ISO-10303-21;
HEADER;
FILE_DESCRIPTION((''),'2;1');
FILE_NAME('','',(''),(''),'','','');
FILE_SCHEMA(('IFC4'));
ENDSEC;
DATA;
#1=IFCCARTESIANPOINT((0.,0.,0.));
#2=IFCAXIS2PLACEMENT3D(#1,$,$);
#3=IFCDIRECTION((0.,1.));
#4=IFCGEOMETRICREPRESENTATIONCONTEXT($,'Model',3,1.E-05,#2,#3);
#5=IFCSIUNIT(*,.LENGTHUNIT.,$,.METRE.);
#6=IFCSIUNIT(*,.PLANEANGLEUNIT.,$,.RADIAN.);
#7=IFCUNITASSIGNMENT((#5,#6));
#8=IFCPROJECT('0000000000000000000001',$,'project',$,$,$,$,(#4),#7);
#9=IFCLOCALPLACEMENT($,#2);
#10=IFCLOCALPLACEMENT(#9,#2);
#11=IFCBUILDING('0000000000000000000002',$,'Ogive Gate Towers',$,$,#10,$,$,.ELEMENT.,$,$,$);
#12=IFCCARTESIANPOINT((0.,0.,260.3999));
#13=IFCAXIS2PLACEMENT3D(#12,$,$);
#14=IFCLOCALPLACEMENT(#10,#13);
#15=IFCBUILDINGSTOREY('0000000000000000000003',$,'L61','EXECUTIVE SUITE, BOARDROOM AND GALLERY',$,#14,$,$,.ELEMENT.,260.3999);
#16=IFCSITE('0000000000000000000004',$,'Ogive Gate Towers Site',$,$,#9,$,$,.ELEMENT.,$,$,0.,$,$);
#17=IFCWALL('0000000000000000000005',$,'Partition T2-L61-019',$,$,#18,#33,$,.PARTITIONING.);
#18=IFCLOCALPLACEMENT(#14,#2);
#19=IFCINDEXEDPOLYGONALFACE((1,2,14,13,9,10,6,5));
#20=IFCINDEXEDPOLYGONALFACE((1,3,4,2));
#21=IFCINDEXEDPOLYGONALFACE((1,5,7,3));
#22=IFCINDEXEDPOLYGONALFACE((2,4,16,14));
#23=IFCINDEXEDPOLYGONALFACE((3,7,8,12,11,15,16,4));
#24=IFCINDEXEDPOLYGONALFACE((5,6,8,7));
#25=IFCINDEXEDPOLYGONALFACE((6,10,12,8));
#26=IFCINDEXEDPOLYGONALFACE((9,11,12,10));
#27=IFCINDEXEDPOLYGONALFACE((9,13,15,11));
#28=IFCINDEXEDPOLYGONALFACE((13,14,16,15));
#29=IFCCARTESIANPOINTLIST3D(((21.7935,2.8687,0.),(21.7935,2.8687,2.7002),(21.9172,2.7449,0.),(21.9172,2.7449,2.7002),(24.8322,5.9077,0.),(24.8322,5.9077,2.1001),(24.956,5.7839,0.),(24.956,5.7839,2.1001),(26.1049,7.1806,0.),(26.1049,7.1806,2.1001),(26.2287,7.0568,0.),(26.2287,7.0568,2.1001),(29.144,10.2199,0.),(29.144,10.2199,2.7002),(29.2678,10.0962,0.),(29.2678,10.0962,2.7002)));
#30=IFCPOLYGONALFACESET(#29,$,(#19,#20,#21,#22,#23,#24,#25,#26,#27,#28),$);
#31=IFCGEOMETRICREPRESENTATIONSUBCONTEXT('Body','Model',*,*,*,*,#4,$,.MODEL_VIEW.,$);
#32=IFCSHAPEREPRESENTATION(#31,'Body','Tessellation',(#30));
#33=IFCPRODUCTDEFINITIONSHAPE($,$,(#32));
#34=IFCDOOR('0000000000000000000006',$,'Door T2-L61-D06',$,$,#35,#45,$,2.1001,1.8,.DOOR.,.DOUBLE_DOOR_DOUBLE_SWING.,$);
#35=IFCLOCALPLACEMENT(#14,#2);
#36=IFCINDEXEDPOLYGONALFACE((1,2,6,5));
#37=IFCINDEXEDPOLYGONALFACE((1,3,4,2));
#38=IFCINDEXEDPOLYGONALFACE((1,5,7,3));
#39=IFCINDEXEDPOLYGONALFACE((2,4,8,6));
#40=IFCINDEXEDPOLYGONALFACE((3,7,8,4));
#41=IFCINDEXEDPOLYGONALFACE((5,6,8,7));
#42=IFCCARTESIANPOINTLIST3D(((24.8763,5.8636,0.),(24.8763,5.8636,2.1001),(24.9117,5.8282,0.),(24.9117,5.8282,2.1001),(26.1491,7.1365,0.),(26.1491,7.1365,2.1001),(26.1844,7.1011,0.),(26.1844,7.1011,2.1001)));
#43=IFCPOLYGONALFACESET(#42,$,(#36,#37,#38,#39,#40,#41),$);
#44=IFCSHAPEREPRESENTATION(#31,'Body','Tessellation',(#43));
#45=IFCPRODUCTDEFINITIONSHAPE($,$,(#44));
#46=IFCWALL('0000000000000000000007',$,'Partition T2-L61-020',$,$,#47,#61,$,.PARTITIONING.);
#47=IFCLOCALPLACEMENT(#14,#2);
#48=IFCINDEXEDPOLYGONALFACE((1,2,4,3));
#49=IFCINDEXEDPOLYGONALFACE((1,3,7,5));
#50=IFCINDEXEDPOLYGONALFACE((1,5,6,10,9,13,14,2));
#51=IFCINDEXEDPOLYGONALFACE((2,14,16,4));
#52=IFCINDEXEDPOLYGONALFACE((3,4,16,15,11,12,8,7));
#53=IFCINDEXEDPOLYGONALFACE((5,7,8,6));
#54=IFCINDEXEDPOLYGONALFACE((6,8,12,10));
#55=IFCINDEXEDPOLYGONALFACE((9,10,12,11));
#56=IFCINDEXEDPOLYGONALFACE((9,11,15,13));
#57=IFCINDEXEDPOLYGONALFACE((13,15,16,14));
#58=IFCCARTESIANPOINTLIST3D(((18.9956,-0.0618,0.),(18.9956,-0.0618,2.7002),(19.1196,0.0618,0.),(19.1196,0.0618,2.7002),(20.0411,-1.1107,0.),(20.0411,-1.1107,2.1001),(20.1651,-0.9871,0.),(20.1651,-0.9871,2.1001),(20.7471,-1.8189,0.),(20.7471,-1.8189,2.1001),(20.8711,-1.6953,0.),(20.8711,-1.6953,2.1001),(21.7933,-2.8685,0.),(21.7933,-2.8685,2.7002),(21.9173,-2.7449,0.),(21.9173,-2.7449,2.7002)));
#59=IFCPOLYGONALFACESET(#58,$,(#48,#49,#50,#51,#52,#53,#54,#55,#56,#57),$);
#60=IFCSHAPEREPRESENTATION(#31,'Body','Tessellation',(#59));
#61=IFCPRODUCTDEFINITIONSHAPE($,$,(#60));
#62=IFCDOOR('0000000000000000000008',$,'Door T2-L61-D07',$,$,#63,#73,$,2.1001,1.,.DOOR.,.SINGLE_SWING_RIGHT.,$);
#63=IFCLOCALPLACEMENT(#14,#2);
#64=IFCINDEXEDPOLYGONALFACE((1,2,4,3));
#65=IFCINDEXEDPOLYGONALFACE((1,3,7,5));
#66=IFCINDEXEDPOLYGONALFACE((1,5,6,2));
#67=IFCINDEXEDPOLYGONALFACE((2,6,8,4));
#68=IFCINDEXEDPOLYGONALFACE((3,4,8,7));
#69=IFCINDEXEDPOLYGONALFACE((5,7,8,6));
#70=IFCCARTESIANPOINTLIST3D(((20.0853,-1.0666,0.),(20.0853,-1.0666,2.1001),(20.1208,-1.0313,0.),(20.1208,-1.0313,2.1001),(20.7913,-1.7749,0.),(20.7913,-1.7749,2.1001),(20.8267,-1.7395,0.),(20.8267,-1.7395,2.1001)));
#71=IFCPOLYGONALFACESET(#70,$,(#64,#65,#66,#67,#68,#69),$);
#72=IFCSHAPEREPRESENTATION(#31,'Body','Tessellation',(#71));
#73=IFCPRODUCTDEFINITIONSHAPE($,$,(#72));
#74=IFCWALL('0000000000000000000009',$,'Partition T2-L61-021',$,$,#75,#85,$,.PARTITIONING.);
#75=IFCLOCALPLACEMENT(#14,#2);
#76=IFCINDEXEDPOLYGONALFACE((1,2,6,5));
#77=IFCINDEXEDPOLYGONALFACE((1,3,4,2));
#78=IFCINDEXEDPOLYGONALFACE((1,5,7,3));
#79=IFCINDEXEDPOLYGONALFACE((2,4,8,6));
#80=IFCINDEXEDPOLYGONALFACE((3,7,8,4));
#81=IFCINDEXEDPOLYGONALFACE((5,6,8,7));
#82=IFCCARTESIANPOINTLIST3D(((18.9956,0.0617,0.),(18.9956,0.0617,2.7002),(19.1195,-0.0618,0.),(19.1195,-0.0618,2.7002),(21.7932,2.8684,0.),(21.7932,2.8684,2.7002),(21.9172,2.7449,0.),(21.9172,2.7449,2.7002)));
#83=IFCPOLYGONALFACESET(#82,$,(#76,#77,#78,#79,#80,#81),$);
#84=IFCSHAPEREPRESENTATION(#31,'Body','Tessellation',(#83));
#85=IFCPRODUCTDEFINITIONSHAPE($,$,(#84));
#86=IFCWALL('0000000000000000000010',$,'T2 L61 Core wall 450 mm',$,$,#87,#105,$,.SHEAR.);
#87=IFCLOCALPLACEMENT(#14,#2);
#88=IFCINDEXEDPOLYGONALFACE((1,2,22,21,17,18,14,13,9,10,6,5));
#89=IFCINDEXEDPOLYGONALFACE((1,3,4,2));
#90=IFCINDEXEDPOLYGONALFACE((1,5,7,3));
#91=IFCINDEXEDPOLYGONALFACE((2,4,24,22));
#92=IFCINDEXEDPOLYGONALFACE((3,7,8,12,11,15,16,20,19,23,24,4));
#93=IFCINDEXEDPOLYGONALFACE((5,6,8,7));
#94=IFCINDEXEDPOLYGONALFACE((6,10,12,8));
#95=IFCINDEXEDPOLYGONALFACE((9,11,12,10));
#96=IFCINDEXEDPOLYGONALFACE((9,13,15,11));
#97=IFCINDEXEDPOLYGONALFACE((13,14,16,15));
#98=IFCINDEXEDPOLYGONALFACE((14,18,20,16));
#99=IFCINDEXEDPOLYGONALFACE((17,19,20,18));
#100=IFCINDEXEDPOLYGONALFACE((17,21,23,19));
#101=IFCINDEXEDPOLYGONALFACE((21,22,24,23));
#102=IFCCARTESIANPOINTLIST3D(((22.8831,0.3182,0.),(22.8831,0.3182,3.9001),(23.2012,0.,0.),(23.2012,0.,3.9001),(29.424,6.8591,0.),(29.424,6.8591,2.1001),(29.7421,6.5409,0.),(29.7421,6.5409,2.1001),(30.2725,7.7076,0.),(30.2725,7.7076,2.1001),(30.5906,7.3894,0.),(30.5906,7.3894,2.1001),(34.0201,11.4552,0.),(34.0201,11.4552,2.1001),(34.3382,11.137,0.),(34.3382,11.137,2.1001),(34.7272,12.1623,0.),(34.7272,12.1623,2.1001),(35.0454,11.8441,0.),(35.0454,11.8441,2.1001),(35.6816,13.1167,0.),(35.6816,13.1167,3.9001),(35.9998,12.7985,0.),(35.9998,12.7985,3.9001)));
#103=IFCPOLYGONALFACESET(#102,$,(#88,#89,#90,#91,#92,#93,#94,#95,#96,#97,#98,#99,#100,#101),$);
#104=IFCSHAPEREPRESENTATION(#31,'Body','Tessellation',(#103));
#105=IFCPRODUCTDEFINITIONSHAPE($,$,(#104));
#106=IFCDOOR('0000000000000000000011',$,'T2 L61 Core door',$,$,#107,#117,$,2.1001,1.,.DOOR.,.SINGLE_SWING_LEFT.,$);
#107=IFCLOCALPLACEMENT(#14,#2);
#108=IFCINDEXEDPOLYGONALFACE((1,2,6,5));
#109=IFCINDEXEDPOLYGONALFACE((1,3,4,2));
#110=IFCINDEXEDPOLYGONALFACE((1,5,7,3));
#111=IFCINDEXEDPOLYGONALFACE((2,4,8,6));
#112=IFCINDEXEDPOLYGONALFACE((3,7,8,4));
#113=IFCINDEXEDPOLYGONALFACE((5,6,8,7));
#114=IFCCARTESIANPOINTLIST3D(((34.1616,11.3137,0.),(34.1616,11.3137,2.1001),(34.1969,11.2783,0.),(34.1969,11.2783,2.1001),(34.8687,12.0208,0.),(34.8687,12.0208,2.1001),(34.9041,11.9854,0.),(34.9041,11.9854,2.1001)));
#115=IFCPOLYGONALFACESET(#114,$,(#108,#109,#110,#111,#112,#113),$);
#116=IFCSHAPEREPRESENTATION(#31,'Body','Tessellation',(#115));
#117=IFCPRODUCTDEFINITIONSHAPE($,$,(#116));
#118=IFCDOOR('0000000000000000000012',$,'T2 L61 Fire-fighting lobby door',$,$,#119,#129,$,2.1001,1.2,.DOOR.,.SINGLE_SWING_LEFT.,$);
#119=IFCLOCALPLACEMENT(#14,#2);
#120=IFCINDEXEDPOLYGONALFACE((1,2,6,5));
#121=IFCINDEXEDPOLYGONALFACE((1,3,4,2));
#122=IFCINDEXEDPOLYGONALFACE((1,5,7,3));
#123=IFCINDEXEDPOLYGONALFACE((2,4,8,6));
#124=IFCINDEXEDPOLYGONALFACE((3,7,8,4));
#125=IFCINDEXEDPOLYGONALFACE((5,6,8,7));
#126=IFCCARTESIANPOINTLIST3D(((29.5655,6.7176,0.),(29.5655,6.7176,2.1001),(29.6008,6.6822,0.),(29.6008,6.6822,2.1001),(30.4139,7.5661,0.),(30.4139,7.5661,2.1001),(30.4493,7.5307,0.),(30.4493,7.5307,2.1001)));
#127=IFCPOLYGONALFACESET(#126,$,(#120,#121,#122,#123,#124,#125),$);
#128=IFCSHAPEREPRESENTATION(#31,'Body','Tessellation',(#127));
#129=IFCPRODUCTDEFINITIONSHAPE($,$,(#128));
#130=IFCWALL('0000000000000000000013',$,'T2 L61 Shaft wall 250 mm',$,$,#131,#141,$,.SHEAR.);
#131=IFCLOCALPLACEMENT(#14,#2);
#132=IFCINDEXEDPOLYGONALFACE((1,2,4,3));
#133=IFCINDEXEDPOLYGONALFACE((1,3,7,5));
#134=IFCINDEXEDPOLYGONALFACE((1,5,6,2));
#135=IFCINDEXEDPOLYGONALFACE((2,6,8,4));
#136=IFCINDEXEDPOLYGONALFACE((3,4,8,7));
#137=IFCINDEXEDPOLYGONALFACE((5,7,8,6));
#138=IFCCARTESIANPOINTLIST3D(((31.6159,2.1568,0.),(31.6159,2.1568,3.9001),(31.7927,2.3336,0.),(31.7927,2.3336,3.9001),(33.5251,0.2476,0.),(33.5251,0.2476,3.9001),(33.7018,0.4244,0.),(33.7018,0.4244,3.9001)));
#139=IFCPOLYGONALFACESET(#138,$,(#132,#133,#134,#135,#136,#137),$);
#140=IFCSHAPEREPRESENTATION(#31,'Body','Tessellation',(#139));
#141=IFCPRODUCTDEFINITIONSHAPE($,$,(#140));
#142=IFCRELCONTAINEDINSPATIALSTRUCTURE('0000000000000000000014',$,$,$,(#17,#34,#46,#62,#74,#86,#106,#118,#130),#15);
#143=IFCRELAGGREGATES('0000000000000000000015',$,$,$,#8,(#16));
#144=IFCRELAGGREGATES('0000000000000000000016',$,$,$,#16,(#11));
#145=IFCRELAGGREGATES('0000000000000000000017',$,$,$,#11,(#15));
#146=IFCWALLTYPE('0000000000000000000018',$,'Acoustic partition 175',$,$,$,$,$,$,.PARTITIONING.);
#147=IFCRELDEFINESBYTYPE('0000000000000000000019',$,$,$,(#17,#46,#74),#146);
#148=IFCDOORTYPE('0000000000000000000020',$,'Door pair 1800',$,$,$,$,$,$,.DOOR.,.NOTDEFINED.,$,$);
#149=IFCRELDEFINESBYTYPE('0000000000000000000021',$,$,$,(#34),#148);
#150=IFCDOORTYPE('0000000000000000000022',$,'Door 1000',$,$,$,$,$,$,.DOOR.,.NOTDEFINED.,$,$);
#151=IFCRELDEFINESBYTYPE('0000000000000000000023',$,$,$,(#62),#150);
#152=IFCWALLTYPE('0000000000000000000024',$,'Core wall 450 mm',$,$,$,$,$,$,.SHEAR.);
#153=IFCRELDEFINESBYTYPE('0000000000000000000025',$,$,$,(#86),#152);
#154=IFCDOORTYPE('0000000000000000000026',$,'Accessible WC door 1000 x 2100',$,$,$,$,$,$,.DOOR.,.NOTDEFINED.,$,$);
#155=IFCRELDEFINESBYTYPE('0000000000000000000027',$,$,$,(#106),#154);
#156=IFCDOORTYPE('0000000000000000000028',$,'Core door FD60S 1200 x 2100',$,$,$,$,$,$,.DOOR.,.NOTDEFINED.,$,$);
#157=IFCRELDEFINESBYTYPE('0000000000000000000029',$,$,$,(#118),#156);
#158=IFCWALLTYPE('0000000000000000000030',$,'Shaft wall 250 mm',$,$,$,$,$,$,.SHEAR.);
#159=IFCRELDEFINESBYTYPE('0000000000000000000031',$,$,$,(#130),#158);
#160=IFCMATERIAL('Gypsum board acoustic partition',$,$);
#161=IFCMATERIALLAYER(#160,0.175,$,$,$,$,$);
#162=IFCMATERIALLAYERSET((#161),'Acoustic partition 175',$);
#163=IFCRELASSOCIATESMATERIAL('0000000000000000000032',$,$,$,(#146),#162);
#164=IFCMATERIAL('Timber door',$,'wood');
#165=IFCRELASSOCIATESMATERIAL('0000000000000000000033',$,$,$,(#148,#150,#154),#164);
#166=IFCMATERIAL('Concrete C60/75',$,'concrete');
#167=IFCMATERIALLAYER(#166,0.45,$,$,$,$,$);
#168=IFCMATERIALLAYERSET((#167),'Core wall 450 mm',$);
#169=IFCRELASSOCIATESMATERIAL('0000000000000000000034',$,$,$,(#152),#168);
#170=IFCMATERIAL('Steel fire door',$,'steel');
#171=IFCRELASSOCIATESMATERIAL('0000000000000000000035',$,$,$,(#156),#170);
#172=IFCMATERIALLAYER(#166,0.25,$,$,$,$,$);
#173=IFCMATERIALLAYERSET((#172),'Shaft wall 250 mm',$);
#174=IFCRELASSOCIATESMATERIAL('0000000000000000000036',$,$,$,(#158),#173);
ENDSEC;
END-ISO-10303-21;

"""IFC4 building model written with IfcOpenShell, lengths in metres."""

from ifc_helpers import new_model, si_unit, direction, frame, frame_2d, origin, place, context, subcontext, project, spatial, rectangle, extrude, material, layer, layer_set, type_object, element, fill, save


model = new_model("IFC4")

# Units and contexts
model_context = context("Model", 3, precision=1e-05, world=origin(), true_north=direction((0.0, 1.0)))
body_context = subcontext(model_context, "Body", "Model", "MODEL_VIEW")
ifc_project = project(units=[si_unit("LENGTHUNIT", "METRE"), si_unit("PLANEANGLEUNIT", "RADIAN")], contexts=[model_context])

# Site, building, storey
site_placement = place(None, origin())
site = spatial("IfcSite", under=ifc_project, at=site_placement, Name="Ogive Gate Towers Site", CompositionType="ELEMENT", RefElevation=0.0)
building_placement = place(site_placement, origin())
building = spatial("IfcBuilding", under=site, at=building_placement, Name="Ogive Gate Towers", CompositionType="ELEMENT")
storey_placement = place(building_placement, frame((0.0, 0.0, 260.3999)))
storey = spatial("IfcBuildingStorey", under=building, at=storey_placement, Name="L61", Description="EXECUTIVE SUITE, BOARDROOM AND GALLERY", CompositionType="ELEMENT", Elevation=260.3999)

# Shared definitions
ifc_material_1 = material(Name="Gypsum board acoustic partition")
ifc_layer_1 = layer(ifc_material_1, 0.175)
ifc_layer_set_1 = layer_set([ifc_layer_1], Name="Acoustic partition 175")
wall_type_1 = type_object("IfcWallType", Name="Acoustic partition 175", PredefinedType="PARTITIONING", material=ifc_layer_set_1)

# Walls, openings, doors
wall_1_placement = place(storey_placement, frame((29.2058, 10.158, 0.0), z_axis=(0.0, 0.0, 1.0), x_axis=(-0.707072, -0.707142, 0.0)))
wall_1 = element("IfcWall", 1, at=wall_1_placement, inside=storey, type_object=wall_type_1, Name="Partition T2-L61-019", PredefinedType="PARTITIONING", context=body_context, shape_type="SweptSolid", body=[
    extrude(rectangle(XDim=10.3958, YDim=0.175, at=frame_2d((5.1978, 0.0))), origin(), (0.0, 0.0, 1.0), 2.7002),
])
opening_1_placement = place(wall_1_placement, frame((4.2981, 0.0, 0.0)))
opening_1 = element("IfcOpeningElement", 2, at=opening_1_placement, cuts=wall_1, PredefinedType="OPENING", context=body_context, shape_type="SweptSolid", body=[
    extrude(rectangle(XDim=1.8, YDim=2.1001, at=frame_2d((0.8999, 1.05))), frame((0.0, 0.0977, 0.0), z_axis=(0.0, -1.0, 0.0), x_axis=(1.0, 0.0, 0.0)), (0.0, 0.0, 1.0), 0.1951),
])
ifc_material_2 = material(Name="Timber door", Category="wood")
door_type_1 = type_object("IfcDoorType", Name="Door pair 1800", OperationType="NOTDEFINED", PredefinedType="DOOR", material=ifc_material_2)
door_1_placement = place(opening_1_placement, origin())
door_1 = element("IfcDoor", 3, at=door_1_placement, inside=storey, type_object=door_type_1, Name="Door T2-L61-D06", OperationType="DOUBLE_DOOR_DOUBLE_SWING", OverallHeight=2.1001, OverallWidth=1.8, PredefinedType="DOOR", context=body_context, shape_type="SweptSolid", body=[
    extrude(rectangle(XDim=1.8, YDim=2.1001, at=frame_2d((0.8999, 1.05))), frame((0.0, 0.0249, 0.0), z_axis=(0.0, -1.0, 0.0), x_axis=(1.0, 0.0, 0.0)), (0.0, 0.0, 1.0), 0.05),
])
fill(opening_1, door_1)
wall_2_placement = place(storey_placement, frame((19.0576, 0.0, 0.0), z_axis=(0.0, 0.0, 1.0), x_axis=(0.705966, -0.708246, 0.0)))
wall_2 = element("IfcWall", 4, at=wall_2_placement, inside=storey, type_object=wall_type_1, Name="Partition T2-L61-020", PredefinedType="PARTITIONING", context=body_context, shape_type="SweptSolid", body=[
    extrude(rectangle(XDim=3.9629, YDim=0.175, at=frame_2d((1.9814, 0.0))), origin(), (0.0, 0.0, 1.0), 2.7002),
])
opening_2_placement = place(wall_2_placement, frame((1.481, 0.0, 0.0)))
opening_2 = element("IfcOpeningElement", 5, at=opening_2_placement, cuts=wall_2, PredefinedType="OPENING", context=body_context, shape_type="SweptSolid", body=[
    extrude(rectangle(XDim=1.0, YDim=2.1001, at=frame_2d((0.5, 1.05))), frame((0.0, 0.0977, 0.0), z_axis=(0.0, -1.0, 0.0), x_axis=(1.0, 0.0, 0.0)), (0.0, 0.0, 1.0), 0.1951),
])
door_type_2 = type_object("IfcDoorType", Name="Door 1000", OperationType="NOTDEFINED", PredefinedType="DOOR", material=ifc_material_2)
door_2_placement = place(opening_2_placement, origin())
door_2 = element("IfcDoor", 6, at=door_2_placement, inside=storey, type_object=door_type_2, Name="Door T2-L61-D07", OperationType="SINGLE_SWING_RIGHT", OverallHeight=2.1001, OverallWidth=1.0, PredefinedType="DOOR", context=body_context, shape_type="SweptSolid", body=[
    extrude(rectangle(XDim=1.0, YDim=2.1001, at=frame_2d((0.5, 1.05))), frame((0.0, 0.0249, 0.0), z_axis=(0.0, -1.0, 0.0), x_axis=(1.0, 0.0, 0.0)), (0.0, 0.0, 1.0), 0.05),
])
fill(opening_2, door_2)

# Wall
wall_3_placement = place(storey_placement, frame((21.8552, 2.8066, 0.0), z_axis=(0.0, 0.0, 1.0), x_axis=(-0.705966, -0.708246, 0.0)))
element("IfcWall", 7, at=wall_3_placement, inside=storey, type_object=wall_type_1, Name="Partition T2-L61-021", PredefinedType="PARTITIONING", context=body_context, shape_type="SweptSolid", body=[
    extrude(rectangle(XDim=3.9629, YDim=0.175, at=frame_2d((1.9814, 0.0))), origin(), (0.0, 0.0, 1.0), 2.7002),
])

# Wall, openings, doors
ifc_material_3 = material(Name="Concrete C60/75", Category="concrete")
ifc_layer_2 = layer(ifc_material_3, 0.45)
ifc_layer_set_2 = layer_set([ifc_layer_2], Name="Core wall 450 mm")
wall_type_2 = type_object("IfcWallType", Name="Core wall 450 mm", PredefinedType="SHEAR", material=ifc_layer_set_2)
wall_4_placement = place(storey_placement, frame((23.0422, 0.1592, 0.0), z_axis=(0.0, 0.0, 1.0), x_axis=(0.707107, 0.707107, 0.0)))
wall_4 = element("IfcWall", 8, at=wall_4_placement, inside=storey, type_object=wall_type_2, Name="T2 L61 Core wall 450 mm", PredefinedType="SHEAR", context=body_context, shape_type="SweptSolid", body=[
    extrude(rectangle(XDim=18.0999, YDim=0.45, at=frame_2d((9.0498, 0.0))), origin(), (0.0, 0.0, 1.0), 3.9001),
])
opening_3_placement = place(wall_4_placement, frame((9.25, 0.0, 0.0)))
opening_3 = element("IfcOpeningElement", 9, at=opening_3_placement, cuts=wall_4, PredefinedType="OPENING", context=body_context, shape_type="SweptSolid", body=[
    extrude(rectangle(XDim=1.2, YDim=2.1001, at=frame_2d((0.6001, 1.05))), frame((0.0, 0.2349, 0.0), z_axis=(0.0, -1.0, 0.0), x_axis=(1.0, 0.0, 0.0)), (0.0, 0.0, 1.0), 0.47),
])
opening_4_placement = place(wall_4_placement, frame((15.75, 0.0, 0.0)))
opening_4 = element("IfcOpeningElement", 10, at=opening_4_placement, cuts=wall_4, PredefinedType="OPENING", context=body_context, shape_type="SweptSolid", body=[
    extrude(rectangle(XDim=1.0, YDim=2.1001, at=frame_2d((0.5, 1.05))), frame((0.0, 0.2349, 0.0), z_axis=(0.0, -1.0, 0.0), x_axis=(1.0, 0.0, 0.0)), (0.0, 0.0, 1.0), 0.47),
])
door_type_3 = type_object("IfcDoorType", Name="Accessible WC door 1000 x 2100", OperationType="NOTDEFINED", PredefinedType="DOOR", material=ifc_material_2)
door_3_placement = place(opening_4_placement, origin())
door_3 = element("IfcDoor", 11, at=door_3_placement, inside=storey, type_object=door_type_3, Name="T2 L61 Core door", OperationType="SINGLE_SWING_LEFT", OverallHeight=2.1001, OverallWidth=1.0, PredefinedType="DOOR", context=body_context, shape_type="SweptSolid", body=[
    extrude(rectangle(XDim=1.0, YDim=2.1001, at=frame_2d((0.5, 1.05))), frame((0.0, 0.0249, 0.0), z_axis=(0.0, -1.0, 0.0), x_axis=(1.0, 0.0, 0.0)), (0.0, 0.0, 1.0), 0.05),
])
fill(opening_4, door_3)
ifc_material_4 = material(Name="Steel fire door", Category="steel")
door_type_4 = type_object("IfcDoorType", Name="Core door FD60S 1200 x 2100", OperationType="NOTDEFINED", PredefinedType="DOOR", material=ifc_material_4)
door_4_placement = place(opening_3_placement, origin())
door_4 = element("IfcDoor", 12, at=door_4_placement, inside=storey, type_object=door_type_4, Name="T2 L61 Fire-fighting lobby door", OperationType="SINGLE_SWING_LEFT", OverallHeight=2.1001, OverallWidth=1.2, PredefinedType="DOOR", context=body_context, shape_type="SweptSolid", body=[
    extrude(rectangle(XDim=1.2, YDim=2.1001, at=frame_2d((0.6001, 1.05))), frame((0.0, 0.0249, 0.0), z_axis=(0.0, -1.0, 0.0), x_axis=(1.0, 0.0, 0.0)), (0.0, 0.0, 1.0), 0.05),
])
fill(opening_3, door_4)

# Wall
ifc_layer_3 = layer(ifc_material_3, 0.25)
ifc_layer_set_3 = layer_set([ifc_layer_3], Name="Shaft wall 250 mm")
wall_type_3 = type_object("IfcWallType", Name="Shaft wall 250 mm", PredefinedType="SHEAR", material=ifc_layer_set_3)
wall_5_placement = place(storey_placement, frame((33.6135, 0.3359, 0.0), z_axis=(0.0, 0.0, 1.0), x_axis=(-0.707107, 0.707107, 0.0)))
element("IfcWall", 13, at=wall_5_placement, inside=storey, type_object=wall_type_3, Name="T2 L61 Shaft wall 250 mm", PredefinedType="SHEAR", context=body_context, shape_type="SweptSolid", body=[
    extrude(rectangle(XDim=2.7, YDim=0.25, at=frame_2d((1.3501, 0.0))), origin(), (0.0, 0.0, 1.0), 3.9001),
])

save(model, "model.ifc")
